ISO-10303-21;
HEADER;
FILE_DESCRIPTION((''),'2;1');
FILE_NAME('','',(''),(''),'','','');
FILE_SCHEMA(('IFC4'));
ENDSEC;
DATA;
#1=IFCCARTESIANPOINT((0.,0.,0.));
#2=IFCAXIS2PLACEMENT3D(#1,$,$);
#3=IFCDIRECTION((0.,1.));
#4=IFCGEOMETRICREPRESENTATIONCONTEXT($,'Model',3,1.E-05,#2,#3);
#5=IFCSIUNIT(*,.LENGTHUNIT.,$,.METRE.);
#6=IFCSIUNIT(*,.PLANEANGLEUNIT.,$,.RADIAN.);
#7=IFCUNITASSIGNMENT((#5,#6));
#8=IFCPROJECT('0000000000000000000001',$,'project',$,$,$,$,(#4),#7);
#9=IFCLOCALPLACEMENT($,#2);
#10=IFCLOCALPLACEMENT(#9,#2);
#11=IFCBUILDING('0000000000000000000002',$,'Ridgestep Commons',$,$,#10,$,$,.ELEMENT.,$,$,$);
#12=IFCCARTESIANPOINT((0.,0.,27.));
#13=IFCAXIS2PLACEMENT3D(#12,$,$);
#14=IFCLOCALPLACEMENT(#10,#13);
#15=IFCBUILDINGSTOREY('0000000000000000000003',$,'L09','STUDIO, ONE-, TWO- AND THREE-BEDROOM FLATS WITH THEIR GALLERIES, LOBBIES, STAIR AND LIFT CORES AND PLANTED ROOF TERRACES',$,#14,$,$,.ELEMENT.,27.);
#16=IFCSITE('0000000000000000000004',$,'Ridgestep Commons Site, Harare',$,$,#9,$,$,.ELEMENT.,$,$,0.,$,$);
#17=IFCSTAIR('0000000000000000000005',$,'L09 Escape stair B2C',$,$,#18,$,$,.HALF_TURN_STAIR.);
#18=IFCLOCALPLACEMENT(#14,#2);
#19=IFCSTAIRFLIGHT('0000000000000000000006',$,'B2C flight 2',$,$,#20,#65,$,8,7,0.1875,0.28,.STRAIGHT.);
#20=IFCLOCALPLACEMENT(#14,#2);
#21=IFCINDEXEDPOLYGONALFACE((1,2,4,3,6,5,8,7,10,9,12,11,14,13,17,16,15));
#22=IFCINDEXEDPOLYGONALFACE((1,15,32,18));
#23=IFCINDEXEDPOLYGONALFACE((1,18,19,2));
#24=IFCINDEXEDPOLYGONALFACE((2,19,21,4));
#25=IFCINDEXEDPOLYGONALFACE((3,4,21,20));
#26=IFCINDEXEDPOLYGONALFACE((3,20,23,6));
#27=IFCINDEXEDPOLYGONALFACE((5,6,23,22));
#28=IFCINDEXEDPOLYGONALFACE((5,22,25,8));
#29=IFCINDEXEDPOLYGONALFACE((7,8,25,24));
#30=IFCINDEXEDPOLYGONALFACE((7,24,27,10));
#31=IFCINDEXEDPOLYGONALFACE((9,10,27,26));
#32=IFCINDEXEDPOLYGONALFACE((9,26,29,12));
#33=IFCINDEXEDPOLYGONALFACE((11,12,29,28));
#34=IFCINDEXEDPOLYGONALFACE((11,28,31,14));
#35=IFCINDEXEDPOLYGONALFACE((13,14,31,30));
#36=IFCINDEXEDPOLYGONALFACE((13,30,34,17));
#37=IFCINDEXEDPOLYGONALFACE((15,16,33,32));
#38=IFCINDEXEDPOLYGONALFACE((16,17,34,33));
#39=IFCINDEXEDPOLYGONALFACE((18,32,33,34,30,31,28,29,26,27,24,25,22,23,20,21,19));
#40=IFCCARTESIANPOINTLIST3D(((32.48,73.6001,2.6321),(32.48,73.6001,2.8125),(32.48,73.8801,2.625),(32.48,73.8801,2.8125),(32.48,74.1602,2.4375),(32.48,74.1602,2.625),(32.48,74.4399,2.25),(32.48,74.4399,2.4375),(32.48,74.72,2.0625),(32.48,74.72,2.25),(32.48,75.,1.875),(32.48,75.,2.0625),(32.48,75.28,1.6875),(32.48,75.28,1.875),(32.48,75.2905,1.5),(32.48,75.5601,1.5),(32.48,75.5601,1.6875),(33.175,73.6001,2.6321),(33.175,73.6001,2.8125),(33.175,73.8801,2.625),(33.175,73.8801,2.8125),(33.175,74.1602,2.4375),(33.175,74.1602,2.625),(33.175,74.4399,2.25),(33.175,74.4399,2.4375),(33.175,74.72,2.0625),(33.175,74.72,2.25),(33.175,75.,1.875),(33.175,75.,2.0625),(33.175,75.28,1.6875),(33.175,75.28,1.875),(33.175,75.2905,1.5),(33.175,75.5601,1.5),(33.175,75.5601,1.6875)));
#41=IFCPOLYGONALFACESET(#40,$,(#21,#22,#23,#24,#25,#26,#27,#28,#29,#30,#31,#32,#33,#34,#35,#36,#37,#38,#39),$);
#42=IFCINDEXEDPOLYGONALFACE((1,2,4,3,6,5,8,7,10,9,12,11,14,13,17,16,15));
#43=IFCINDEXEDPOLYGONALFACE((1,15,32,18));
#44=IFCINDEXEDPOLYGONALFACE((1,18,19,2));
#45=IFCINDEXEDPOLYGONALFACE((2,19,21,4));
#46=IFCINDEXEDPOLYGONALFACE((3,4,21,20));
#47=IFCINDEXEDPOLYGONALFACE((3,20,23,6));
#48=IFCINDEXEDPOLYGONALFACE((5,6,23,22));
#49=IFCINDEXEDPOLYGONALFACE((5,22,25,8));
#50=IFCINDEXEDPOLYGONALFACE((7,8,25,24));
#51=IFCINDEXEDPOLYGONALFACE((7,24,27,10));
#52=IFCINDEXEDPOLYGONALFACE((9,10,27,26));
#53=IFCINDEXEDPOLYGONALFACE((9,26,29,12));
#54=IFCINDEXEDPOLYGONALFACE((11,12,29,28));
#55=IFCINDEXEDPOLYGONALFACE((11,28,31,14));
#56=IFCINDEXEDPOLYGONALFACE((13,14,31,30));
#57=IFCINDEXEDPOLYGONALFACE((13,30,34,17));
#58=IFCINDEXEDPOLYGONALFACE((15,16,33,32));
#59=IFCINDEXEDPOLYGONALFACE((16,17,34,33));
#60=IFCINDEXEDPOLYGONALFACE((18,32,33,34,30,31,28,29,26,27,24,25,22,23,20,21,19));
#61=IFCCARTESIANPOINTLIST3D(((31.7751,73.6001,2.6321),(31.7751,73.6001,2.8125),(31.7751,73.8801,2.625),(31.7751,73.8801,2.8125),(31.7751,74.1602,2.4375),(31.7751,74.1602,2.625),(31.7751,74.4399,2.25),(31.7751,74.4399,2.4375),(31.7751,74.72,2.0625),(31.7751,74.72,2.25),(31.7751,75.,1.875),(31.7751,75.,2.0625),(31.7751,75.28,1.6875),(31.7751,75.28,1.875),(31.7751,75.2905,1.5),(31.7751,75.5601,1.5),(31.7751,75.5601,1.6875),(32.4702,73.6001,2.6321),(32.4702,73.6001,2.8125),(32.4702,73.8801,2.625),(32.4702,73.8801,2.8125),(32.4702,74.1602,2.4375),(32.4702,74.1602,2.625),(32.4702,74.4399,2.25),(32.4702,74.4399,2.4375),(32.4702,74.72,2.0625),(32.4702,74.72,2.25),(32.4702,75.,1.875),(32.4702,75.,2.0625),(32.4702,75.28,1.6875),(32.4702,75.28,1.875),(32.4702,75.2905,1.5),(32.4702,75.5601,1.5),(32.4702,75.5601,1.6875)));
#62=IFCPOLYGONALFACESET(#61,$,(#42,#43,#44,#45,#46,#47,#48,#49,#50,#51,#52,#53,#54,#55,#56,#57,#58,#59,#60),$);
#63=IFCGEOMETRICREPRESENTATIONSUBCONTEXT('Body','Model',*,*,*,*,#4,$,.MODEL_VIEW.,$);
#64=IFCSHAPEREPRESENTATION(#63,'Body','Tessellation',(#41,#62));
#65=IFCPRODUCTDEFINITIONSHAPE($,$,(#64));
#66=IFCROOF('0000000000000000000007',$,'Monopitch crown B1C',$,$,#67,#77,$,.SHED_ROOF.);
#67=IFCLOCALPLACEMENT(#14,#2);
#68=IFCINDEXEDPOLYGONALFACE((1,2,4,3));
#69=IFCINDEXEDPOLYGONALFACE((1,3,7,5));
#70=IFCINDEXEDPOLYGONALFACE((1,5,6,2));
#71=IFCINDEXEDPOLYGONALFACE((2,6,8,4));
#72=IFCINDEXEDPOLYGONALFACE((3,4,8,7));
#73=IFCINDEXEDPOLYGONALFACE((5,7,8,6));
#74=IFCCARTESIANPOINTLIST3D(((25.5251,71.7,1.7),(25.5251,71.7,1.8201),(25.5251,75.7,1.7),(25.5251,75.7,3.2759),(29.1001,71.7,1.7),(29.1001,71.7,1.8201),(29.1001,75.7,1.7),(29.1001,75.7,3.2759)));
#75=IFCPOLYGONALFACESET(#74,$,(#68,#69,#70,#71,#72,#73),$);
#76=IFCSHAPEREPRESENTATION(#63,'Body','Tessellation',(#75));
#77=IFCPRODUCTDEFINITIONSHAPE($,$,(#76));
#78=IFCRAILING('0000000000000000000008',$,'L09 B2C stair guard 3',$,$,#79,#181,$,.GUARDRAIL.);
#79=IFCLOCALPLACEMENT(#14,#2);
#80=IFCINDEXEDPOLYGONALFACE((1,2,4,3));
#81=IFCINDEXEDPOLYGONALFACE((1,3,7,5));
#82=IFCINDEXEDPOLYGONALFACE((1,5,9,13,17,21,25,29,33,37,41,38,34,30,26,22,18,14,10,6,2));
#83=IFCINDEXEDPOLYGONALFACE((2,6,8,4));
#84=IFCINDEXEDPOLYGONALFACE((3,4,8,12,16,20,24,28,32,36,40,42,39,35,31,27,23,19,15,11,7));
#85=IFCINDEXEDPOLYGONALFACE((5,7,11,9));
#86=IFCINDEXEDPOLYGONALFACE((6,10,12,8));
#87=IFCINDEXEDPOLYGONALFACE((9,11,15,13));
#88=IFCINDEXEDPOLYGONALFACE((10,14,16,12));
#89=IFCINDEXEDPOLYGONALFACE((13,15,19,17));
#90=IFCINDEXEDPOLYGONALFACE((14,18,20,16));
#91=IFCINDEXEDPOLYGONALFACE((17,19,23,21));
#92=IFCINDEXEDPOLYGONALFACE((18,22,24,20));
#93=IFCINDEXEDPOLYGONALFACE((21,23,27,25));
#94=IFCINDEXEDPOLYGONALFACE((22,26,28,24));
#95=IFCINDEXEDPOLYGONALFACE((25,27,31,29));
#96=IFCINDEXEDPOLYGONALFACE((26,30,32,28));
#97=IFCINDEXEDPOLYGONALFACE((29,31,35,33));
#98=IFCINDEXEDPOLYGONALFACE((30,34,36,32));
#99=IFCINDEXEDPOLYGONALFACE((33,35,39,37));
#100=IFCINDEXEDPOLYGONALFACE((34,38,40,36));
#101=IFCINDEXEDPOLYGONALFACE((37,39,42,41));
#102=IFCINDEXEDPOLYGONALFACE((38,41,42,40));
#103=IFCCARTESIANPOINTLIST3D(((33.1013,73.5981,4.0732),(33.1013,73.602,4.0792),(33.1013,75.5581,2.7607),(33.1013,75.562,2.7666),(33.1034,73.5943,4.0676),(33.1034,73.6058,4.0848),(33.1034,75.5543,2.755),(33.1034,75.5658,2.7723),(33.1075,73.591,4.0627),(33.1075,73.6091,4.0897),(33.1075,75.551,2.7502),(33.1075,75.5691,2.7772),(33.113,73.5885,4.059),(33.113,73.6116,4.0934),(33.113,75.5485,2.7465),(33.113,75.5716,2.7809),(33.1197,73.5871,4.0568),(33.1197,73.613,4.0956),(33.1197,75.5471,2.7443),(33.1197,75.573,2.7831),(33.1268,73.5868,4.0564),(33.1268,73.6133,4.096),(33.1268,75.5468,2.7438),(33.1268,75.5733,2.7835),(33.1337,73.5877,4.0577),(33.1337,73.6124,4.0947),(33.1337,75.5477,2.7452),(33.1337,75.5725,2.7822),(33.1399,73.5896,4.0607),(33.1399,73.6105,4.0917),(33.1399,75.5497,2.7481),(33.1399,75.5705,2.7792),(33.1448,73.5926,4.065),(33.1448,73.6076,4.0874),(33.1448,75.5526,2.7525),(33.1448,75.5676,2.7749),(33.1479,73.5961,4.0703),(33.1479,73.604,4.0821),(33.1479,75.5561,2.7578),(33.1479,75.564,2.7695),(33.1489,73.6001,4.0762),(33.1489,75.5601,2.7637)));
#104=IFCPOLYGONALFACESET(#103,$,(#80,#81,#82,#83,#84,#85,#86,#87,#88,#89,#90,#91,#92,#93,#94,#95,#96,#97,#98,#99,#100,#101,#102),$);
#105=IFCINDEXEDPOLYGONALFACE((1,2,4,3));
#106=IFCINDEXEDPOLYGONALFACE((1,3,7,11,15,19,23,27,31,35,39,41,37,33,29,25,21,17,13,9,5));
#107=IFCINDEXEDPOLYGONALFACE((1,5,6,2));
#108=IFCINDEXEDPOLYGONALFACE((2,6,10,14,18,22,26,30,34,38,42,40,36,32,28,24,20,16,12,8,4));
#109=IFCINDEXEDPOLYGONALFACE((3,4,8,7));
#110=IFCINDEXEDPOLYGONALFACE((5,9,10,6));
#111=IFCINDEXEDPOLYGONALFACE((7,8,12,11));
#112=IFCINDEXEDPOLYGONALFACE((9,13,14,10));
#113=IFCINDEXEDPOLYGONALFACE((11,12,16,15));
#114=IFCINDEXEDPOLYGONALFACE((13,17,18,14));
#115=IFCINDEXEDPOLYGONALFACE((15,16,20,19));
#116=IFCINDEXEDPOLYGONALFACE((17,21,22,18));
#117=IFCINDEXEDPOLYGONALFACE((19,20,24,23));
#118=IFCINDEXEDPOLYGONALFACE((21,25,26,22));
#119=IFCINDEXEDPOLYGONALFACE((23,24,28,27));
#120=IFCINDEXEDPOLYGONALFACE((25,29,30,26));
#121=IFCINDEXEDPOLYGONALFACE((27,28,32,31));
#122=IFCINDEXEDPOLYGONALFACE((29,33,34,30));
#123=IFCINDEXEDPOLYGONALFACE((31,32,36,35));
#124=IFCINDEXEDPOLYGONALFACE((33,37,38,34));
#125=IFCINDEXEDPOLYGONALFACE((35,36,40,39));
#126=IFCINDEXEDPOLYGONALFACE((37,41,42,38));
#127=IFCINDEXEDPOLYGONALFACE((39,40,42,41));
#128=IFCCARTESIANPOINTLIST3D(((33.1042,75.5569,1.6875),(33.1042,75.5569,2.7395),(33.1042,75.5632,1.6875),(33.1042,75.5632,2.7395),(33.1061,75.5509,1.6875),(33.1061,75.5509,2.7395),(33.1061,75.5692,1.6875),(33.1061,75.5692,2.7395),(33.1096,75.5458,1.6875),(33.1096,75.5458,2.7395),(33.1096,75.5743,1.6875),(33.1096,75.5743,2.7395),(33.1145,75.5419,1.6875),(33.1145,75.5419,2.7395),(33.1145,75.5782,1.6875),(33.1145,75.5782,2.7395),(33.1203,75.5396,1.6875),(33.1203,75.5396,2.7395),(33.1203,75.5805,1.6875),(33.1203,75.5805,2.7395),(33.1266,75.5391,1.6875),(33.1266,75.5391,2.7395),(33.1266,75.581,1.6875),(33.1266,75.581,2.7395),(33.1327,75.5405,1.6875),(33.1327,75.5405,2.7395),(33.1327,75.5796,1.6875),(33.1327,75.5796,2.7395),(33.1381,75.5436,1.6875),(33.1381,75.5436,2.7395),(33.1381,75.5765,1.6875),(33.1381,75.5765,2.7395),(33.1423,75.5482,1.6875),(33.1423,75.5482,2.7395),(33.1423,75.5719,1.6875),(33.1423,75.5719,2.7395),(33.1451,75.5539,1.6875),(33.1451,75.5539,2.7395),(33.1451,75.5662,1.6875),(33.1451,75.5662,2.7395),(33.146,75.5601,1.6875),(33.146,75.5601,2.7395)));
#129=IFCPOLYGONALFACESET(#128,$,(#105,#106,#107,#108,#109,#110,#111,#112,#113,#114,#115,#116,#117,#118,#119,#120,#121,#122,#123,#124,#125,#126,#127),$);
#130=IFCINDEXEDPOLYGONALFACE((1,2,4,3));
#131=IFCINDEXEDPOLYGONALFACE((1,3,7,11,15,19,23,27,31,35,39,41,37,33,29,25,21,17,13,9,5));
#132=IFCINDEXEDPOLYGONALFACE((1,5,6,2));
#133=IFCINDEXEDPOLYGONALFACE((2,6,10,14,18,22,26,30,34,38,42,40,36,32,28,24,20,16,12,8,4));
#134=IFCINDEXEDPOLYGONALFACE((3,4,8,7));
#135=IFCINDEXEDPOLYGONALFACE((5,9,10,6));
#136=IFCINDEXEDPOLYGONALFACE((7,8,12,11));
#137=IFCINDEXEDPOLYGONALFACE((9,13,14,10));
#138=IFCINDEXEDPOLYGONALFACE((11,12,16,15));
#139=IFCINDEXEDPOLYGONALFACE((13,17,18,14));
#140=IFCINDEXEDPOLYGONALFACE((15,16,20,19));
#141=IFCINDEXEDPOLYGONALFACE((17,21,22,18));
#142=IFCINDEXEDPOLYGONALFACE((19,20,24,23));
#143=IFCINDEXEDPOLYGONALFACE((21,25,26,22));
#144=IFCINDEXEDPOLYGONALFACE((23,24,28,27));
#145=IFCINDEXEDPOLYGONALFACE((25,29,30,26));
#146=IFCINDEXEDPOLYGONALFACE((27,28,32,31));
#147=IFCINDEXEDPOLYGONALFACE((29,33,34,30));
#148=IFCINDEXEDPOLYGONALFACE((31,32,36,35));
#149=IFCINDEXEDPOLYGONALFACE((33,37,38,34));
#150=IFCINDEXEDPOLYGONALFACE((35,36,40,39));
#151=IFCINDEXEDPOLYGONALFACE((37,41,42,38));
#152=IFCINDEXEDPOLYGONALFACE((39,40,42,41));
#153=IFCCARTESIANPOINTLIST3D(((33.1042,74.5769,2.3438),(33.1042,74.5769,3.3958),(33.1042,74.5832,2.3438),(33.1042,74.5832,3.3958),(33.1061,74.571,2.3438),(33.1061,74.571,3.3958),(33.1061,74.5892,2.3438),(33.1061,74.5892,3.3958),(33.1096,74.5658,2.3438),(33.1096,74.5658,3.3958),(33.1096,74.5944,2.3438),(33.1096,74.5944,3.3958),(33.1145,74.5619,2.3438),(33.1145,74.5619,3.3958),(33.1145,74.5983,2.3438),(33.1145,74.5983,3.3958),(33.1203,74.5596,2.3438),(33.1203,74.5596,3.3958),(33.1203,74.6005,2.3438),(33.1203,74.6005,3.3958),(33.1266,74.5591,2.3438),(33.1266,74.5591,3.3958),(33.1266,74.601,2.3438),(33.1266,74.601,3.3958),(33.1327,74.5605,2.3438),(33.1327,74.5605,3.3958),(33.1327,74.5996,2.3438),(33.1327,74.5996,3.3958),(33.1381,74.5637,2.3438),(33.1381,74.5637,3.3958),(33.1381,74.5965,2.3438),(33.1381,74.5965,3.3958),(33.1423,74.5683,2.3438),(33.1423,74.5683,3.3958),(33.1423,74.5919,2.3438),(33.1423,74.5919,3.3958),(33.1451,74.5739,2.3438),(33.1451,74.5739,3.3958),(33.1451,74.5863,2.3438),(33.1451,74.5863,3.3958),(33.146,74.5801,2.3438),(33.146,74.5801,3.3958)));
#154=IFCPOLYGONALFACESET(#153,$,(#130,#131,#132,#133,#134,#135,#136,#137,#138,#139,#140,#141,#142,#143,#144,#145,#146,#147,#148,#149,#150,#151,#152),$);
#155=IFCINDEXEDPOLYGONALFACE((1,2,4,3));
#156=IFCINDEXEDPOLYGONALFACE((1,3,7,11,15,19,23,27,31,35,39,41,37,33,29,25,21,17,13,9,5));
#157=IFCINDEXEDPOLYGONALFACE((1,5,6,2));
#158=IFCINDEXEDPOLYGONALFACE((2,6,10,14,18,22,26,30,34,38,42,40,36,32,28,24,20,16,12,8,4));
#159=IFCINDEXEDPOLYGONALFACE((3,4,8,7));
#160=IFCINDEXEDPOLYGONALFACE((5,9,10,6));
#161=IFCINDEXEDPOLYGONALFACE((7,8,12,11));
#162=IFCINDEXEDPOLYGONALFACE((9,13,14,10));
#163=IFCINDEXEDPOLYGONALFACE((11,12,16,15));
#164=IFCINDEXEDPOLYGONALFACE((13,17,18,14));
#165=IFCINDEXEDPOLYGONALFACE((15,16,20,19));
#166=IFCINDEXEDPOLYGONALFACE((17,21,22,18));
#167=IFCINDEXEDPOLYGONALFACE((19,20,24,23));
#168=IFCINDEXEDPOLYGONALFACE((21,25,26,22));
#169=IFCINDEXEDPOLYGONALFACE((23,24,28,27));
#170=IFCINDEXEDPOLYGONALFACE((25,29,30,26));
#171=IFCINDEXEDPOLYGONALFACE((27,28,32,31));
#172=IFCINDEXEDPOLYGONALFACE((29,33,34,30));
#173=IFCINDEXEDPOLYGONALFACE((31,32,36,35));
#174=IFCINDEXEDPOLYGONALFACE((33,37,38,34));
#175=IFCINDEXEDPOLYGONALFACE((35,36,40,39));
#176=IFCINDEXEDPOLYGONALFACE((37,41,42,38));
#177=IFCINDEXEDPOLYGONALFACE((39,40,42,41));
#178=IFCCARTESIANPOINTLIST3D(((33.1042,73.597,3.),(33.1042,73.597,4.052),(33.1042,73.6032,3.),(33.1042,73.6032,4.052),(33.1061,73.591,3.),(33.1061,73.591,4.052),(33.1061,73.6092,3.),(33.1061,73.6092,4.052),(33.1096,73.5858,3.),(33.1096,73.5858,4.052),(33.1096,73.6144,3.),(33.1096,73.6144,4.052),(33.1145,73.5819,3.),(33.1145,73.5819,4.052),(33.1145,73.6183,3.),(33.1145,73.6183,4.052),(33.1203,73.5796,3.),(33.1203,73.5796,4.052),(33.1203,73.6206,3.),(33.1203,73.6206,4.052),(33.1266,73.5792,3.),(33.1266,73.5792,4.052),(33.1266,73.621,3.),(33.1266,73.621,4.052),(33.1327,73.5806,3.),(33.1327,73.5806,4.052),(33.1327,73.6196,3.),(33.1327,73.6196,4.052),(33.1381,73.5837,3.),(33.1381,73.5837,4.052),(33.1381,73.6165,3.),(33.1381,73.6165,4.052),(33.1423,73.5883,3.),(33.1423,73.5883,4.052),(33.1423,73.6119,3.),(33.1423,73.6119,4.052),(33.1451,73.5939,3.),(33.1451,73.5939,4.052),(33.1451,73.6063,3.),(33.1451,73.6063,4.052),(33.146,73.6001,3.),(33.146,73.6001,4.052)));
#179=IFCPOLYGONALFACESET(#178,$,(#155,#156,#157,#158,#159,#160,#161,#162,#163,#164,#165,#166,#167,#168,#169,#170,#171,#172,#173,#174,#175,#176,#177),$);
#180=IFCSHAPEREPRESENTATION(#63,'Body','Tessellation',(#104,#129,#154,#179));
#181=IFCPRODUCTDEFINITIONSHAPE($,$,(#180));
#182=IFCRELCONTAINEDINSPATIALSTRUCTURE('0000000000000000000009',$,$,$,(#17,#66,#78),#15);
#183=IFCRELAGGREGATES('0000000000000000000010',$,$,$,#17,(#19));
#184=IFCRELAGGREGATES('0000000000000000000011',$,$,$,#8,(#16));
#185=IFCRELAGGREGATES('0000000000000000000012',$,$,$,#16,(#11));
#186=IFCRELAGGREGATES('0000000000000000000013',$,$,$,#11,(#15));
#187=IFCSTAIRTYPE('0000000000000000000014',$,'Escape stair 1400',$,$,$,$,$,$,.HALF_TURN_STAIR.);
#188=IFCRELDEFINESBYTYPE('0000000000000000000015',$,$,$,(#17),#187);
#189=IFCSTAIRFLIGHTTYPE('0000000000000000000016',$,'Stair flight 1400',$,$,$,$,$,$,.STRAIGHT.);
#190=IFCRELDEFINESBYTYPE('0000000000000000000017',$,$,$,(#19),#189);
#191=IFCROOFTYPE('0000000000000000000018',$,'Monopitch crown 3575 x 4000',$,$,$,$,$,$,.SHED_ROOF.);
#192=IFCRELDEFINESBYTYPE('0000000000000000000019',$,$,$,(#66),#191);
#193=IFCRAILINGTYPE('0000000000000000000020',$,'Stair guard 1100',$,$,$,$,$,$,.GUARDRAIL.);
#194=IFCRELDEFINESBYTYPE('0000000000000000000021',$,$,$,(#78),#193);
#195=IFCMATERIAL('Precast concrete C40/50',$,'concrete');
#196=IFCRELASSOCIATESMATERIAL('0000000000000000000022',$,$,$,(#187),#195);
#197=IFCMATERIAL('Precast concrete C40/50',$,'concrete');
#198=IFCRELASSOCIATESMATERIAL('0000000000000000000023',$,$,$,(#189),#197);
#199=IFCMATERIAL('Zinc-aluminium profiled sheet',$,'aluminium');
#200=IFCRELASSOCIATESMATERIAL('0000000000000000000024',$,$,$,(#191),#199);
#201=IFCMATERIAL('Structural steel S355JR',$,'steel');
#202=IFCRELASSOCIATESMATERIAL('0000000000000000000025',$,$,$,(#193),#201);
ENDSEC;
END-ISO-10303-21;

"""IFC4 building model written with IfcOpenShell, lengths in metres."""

from ifc_helpers import new_model, si_unit, direction, frame, origin, origin_2d, place, context, subcontext, project, spatial, polyline, circle, outline, extrude, material, type_object, element, aggregate, save


model = new_model("IFC4")

# Units and contexts
model_context = context("Model", 3, precision=1e-05, world=origin(), true_north=direction((0.0, 1.0)))
body_context = subcontext(model_context, "Body", "Model", "MODEL_VIEW")
ifc_project = project(units=[si_unit("LENGTHUNIT", "METRE"), si_unit("PLANEANGLEUNIT", "RADIAN")], contexts=[model_context])

# Site, building, storey
site_placement = place(None, origin())
site = spatial("IfcSite", under=ifc_project, at=site_placement, Name="Ridgestep Commons Site, Harare", CompositionType="ELEMENT", RefElevation=0.0)
building_placement = place(site_placement, origin())
building = spatial("IfcBuilding", under=site, at=building_placement, Name="Ridgestep Commons", CompositionType="ELEMENT")
storey_placement = place(building_placement, frame((0.0, 0.0, 27.0)))
storey = spatial("IfcBuildingStorey", under=building, at=storey_placement, Name="L09", Description="STUDIO, ONE-, TWO- AND THREE-BEDROOM FLATS WITH THEIR GALLERIES, LOBBIES, STAIR AND LIFT CORES AND PLANTED ROOF TERRACES", CompositionType="ELEMENT", Elevation=27.0)

# Stair, stair flight
ifc_material_1 = material(Name="Precast concrete C40/50", Category="concrete")
stair_type = type_object("IfcStairType", Name="Escape stair 1400", PredefinedType="HALF_TURN_STAIR", material=ifc_material_1)
stair_placement = place(storey_placement, origin())
stair = element("IfcStair", 1, at=stair_placement, inside=storey, type_object=stair_type, Name="L09 Escape stair B2C", PredefinedType="HALF_TURN_STAIR")
ifc_material_2 = material(Name="Precast concrete C40/50", Category="concrete")
stair_flight_type = type_object("IfcStairFlightType", Name="Stair flight 1400", PredefinedType="STRAIGHT", material=ifc_material_2)
stair_flight_placement = place(storey_placement, frame((32.4751, 75.5601, 1.5), z_axis=(0.0, 0.0, 1.0), x_axis=(0.0, -1.0, 0.0)))
stair_flight = element("IfcStairFlight", 2, at=stair_flight_placement, type_object=stair_flight_type, Name="B2C flight 2", NumberOfRisers=8, NumberOfTreads=7, PredefinedType="STRAIGHT", RiserHeight=0.1875, TreadLength=0.28, context=body_context, shape_type="SweptSolid", body=[
    extrude(outline(polyline([(0.0, 0.0), (0.0, 0.1875), (0.28, 0.1875), (0.28, 0.375), (0.5601, 0.375), (0.5601, 0.5625), (0.8401, 0.5625), (0.8401, 0.75), (1.1201, 0.75), (1.1201, 0.9375), (1.3999, 0.9375), (1.3999, 1.125), (1.6799, 1.125), (1.6799, 1.3125), (1.96, 1.3125), (1.96, 1.5), (1.96, 1.1321), (0.2695, 0.0), (0.0, 0.0)])), frame((0.0, 0.7, 0.0), z_axis=(0.0, -1.0, 0.0), x_axis=(1.0, 0.0, 0.0)), (0.0, 0.0, 1.0), 0.6951),
    extrude(outline(polyline([(0.0, 0.0), (0.0, 0.1875), (0.28, 0.1875), (0.28, 0.375), (0.5601, 0.375), (0.5601, 0.5625), (0.8401, 0.5625), (0.8401, 0.75), (1.1201, 0.75), (1.1201, 0.9375), (1.3999, 0.9375), (1.3999, 1.125), (1.6799, 1.125), (1.6799, 1.3125), (1.96, 1.3125), (1.96, 1.5), (1.96, 1.1321), (0.2695, 0.0), (0.0, 0.0)])), frame((0.0, -0.0049, 0.0), z_axis=(0.0, -1.0, 0.0), x_axis=(1.0, 0.0, 0.0)), (0.0, 0.0, 1.0), 0.6951),
])
aggregate(stair, [stair_flight])

# Roof
ifc_material_3 = material(Name="Zinc-aluminium profiled sheet", Category="aluminium")
roof_type = type_object("IfcRoofType", Name="Monopitch crown 3575 x 4000", PredefinedType="SHED_ROOF", material=ifc_material_3)
roof_placement = place(storey_placement, frame((27.3125, 75.7, 1.7), z_axis=(0.0, 0.0, 1.0), x_axis=(0.0, -1.0, 0.0)))
element("IfcRoof", 3, at=roof_placement, inside=storey, type_object=roof_type, Name="Monopitch crown B1C", PredefinedType="SHED_ROOF", context=body_context, shape_type="SweptSolid", body=[
    extrude(outline(polyline([(0.0, 0.0), (4.0, 0.0), (4.0, 0.1201), (0.0, 1.5759), (0.0, 0.0)])), frame((0.0, 1.7876, 0.0), z_axis=(0.0, -1.0, 0.0), x_axis=(1.0, 0.0, 0.0)), (0.0, 0.0, 1.0), 3.575),
])

# Railing
ifc_material_4 = material(Name="Structural steel S355JR", Category="steel")
railing_type_1 = type_object("IfcRailingType", Name="Stair guard 1100", PredefinedType="GUARDRAIL", material=ifc_material_4)
railing_1_placement = place(storey_placement, frame((33.125, 75.5601, 1.6875)))
element("IfcRailing", 4, at=railing_1_placement, inside=storey, type_object=railing_type_1, Name="L09 B2C stair guard 3", PredefinedType="GUARDRAIL", context=body_context, shape_type="SweptSolid", body=[
    extrude(circle(Radius=0.0239, at=origin_2d()), frame((0.0, 0.0, 1.0762), z_axis=(0.0, -0.830902, 0.556419), x_axis=(1.0, 0.0, 0.0)), (0.0, 0.0, 1.0), 2.3589),
    extrude(circle(Radius=0.021, at=origin_2d()), origin(), (0.0, 0.0, 1.0), 1.052),
    extrude(circle(Radius=0.021, at=origin_2d()), frame((0.0, -0.98, 0.6562)), (0.0, 0.0, 1.0), 1.052),
    extrude(circle(Radius=0.021, at=origin_2d()), frame((0.0, -1.96, 1.3125)), (0.0, 0.0, 1.0), 1.052),
])

save(model, "model.ifc")
